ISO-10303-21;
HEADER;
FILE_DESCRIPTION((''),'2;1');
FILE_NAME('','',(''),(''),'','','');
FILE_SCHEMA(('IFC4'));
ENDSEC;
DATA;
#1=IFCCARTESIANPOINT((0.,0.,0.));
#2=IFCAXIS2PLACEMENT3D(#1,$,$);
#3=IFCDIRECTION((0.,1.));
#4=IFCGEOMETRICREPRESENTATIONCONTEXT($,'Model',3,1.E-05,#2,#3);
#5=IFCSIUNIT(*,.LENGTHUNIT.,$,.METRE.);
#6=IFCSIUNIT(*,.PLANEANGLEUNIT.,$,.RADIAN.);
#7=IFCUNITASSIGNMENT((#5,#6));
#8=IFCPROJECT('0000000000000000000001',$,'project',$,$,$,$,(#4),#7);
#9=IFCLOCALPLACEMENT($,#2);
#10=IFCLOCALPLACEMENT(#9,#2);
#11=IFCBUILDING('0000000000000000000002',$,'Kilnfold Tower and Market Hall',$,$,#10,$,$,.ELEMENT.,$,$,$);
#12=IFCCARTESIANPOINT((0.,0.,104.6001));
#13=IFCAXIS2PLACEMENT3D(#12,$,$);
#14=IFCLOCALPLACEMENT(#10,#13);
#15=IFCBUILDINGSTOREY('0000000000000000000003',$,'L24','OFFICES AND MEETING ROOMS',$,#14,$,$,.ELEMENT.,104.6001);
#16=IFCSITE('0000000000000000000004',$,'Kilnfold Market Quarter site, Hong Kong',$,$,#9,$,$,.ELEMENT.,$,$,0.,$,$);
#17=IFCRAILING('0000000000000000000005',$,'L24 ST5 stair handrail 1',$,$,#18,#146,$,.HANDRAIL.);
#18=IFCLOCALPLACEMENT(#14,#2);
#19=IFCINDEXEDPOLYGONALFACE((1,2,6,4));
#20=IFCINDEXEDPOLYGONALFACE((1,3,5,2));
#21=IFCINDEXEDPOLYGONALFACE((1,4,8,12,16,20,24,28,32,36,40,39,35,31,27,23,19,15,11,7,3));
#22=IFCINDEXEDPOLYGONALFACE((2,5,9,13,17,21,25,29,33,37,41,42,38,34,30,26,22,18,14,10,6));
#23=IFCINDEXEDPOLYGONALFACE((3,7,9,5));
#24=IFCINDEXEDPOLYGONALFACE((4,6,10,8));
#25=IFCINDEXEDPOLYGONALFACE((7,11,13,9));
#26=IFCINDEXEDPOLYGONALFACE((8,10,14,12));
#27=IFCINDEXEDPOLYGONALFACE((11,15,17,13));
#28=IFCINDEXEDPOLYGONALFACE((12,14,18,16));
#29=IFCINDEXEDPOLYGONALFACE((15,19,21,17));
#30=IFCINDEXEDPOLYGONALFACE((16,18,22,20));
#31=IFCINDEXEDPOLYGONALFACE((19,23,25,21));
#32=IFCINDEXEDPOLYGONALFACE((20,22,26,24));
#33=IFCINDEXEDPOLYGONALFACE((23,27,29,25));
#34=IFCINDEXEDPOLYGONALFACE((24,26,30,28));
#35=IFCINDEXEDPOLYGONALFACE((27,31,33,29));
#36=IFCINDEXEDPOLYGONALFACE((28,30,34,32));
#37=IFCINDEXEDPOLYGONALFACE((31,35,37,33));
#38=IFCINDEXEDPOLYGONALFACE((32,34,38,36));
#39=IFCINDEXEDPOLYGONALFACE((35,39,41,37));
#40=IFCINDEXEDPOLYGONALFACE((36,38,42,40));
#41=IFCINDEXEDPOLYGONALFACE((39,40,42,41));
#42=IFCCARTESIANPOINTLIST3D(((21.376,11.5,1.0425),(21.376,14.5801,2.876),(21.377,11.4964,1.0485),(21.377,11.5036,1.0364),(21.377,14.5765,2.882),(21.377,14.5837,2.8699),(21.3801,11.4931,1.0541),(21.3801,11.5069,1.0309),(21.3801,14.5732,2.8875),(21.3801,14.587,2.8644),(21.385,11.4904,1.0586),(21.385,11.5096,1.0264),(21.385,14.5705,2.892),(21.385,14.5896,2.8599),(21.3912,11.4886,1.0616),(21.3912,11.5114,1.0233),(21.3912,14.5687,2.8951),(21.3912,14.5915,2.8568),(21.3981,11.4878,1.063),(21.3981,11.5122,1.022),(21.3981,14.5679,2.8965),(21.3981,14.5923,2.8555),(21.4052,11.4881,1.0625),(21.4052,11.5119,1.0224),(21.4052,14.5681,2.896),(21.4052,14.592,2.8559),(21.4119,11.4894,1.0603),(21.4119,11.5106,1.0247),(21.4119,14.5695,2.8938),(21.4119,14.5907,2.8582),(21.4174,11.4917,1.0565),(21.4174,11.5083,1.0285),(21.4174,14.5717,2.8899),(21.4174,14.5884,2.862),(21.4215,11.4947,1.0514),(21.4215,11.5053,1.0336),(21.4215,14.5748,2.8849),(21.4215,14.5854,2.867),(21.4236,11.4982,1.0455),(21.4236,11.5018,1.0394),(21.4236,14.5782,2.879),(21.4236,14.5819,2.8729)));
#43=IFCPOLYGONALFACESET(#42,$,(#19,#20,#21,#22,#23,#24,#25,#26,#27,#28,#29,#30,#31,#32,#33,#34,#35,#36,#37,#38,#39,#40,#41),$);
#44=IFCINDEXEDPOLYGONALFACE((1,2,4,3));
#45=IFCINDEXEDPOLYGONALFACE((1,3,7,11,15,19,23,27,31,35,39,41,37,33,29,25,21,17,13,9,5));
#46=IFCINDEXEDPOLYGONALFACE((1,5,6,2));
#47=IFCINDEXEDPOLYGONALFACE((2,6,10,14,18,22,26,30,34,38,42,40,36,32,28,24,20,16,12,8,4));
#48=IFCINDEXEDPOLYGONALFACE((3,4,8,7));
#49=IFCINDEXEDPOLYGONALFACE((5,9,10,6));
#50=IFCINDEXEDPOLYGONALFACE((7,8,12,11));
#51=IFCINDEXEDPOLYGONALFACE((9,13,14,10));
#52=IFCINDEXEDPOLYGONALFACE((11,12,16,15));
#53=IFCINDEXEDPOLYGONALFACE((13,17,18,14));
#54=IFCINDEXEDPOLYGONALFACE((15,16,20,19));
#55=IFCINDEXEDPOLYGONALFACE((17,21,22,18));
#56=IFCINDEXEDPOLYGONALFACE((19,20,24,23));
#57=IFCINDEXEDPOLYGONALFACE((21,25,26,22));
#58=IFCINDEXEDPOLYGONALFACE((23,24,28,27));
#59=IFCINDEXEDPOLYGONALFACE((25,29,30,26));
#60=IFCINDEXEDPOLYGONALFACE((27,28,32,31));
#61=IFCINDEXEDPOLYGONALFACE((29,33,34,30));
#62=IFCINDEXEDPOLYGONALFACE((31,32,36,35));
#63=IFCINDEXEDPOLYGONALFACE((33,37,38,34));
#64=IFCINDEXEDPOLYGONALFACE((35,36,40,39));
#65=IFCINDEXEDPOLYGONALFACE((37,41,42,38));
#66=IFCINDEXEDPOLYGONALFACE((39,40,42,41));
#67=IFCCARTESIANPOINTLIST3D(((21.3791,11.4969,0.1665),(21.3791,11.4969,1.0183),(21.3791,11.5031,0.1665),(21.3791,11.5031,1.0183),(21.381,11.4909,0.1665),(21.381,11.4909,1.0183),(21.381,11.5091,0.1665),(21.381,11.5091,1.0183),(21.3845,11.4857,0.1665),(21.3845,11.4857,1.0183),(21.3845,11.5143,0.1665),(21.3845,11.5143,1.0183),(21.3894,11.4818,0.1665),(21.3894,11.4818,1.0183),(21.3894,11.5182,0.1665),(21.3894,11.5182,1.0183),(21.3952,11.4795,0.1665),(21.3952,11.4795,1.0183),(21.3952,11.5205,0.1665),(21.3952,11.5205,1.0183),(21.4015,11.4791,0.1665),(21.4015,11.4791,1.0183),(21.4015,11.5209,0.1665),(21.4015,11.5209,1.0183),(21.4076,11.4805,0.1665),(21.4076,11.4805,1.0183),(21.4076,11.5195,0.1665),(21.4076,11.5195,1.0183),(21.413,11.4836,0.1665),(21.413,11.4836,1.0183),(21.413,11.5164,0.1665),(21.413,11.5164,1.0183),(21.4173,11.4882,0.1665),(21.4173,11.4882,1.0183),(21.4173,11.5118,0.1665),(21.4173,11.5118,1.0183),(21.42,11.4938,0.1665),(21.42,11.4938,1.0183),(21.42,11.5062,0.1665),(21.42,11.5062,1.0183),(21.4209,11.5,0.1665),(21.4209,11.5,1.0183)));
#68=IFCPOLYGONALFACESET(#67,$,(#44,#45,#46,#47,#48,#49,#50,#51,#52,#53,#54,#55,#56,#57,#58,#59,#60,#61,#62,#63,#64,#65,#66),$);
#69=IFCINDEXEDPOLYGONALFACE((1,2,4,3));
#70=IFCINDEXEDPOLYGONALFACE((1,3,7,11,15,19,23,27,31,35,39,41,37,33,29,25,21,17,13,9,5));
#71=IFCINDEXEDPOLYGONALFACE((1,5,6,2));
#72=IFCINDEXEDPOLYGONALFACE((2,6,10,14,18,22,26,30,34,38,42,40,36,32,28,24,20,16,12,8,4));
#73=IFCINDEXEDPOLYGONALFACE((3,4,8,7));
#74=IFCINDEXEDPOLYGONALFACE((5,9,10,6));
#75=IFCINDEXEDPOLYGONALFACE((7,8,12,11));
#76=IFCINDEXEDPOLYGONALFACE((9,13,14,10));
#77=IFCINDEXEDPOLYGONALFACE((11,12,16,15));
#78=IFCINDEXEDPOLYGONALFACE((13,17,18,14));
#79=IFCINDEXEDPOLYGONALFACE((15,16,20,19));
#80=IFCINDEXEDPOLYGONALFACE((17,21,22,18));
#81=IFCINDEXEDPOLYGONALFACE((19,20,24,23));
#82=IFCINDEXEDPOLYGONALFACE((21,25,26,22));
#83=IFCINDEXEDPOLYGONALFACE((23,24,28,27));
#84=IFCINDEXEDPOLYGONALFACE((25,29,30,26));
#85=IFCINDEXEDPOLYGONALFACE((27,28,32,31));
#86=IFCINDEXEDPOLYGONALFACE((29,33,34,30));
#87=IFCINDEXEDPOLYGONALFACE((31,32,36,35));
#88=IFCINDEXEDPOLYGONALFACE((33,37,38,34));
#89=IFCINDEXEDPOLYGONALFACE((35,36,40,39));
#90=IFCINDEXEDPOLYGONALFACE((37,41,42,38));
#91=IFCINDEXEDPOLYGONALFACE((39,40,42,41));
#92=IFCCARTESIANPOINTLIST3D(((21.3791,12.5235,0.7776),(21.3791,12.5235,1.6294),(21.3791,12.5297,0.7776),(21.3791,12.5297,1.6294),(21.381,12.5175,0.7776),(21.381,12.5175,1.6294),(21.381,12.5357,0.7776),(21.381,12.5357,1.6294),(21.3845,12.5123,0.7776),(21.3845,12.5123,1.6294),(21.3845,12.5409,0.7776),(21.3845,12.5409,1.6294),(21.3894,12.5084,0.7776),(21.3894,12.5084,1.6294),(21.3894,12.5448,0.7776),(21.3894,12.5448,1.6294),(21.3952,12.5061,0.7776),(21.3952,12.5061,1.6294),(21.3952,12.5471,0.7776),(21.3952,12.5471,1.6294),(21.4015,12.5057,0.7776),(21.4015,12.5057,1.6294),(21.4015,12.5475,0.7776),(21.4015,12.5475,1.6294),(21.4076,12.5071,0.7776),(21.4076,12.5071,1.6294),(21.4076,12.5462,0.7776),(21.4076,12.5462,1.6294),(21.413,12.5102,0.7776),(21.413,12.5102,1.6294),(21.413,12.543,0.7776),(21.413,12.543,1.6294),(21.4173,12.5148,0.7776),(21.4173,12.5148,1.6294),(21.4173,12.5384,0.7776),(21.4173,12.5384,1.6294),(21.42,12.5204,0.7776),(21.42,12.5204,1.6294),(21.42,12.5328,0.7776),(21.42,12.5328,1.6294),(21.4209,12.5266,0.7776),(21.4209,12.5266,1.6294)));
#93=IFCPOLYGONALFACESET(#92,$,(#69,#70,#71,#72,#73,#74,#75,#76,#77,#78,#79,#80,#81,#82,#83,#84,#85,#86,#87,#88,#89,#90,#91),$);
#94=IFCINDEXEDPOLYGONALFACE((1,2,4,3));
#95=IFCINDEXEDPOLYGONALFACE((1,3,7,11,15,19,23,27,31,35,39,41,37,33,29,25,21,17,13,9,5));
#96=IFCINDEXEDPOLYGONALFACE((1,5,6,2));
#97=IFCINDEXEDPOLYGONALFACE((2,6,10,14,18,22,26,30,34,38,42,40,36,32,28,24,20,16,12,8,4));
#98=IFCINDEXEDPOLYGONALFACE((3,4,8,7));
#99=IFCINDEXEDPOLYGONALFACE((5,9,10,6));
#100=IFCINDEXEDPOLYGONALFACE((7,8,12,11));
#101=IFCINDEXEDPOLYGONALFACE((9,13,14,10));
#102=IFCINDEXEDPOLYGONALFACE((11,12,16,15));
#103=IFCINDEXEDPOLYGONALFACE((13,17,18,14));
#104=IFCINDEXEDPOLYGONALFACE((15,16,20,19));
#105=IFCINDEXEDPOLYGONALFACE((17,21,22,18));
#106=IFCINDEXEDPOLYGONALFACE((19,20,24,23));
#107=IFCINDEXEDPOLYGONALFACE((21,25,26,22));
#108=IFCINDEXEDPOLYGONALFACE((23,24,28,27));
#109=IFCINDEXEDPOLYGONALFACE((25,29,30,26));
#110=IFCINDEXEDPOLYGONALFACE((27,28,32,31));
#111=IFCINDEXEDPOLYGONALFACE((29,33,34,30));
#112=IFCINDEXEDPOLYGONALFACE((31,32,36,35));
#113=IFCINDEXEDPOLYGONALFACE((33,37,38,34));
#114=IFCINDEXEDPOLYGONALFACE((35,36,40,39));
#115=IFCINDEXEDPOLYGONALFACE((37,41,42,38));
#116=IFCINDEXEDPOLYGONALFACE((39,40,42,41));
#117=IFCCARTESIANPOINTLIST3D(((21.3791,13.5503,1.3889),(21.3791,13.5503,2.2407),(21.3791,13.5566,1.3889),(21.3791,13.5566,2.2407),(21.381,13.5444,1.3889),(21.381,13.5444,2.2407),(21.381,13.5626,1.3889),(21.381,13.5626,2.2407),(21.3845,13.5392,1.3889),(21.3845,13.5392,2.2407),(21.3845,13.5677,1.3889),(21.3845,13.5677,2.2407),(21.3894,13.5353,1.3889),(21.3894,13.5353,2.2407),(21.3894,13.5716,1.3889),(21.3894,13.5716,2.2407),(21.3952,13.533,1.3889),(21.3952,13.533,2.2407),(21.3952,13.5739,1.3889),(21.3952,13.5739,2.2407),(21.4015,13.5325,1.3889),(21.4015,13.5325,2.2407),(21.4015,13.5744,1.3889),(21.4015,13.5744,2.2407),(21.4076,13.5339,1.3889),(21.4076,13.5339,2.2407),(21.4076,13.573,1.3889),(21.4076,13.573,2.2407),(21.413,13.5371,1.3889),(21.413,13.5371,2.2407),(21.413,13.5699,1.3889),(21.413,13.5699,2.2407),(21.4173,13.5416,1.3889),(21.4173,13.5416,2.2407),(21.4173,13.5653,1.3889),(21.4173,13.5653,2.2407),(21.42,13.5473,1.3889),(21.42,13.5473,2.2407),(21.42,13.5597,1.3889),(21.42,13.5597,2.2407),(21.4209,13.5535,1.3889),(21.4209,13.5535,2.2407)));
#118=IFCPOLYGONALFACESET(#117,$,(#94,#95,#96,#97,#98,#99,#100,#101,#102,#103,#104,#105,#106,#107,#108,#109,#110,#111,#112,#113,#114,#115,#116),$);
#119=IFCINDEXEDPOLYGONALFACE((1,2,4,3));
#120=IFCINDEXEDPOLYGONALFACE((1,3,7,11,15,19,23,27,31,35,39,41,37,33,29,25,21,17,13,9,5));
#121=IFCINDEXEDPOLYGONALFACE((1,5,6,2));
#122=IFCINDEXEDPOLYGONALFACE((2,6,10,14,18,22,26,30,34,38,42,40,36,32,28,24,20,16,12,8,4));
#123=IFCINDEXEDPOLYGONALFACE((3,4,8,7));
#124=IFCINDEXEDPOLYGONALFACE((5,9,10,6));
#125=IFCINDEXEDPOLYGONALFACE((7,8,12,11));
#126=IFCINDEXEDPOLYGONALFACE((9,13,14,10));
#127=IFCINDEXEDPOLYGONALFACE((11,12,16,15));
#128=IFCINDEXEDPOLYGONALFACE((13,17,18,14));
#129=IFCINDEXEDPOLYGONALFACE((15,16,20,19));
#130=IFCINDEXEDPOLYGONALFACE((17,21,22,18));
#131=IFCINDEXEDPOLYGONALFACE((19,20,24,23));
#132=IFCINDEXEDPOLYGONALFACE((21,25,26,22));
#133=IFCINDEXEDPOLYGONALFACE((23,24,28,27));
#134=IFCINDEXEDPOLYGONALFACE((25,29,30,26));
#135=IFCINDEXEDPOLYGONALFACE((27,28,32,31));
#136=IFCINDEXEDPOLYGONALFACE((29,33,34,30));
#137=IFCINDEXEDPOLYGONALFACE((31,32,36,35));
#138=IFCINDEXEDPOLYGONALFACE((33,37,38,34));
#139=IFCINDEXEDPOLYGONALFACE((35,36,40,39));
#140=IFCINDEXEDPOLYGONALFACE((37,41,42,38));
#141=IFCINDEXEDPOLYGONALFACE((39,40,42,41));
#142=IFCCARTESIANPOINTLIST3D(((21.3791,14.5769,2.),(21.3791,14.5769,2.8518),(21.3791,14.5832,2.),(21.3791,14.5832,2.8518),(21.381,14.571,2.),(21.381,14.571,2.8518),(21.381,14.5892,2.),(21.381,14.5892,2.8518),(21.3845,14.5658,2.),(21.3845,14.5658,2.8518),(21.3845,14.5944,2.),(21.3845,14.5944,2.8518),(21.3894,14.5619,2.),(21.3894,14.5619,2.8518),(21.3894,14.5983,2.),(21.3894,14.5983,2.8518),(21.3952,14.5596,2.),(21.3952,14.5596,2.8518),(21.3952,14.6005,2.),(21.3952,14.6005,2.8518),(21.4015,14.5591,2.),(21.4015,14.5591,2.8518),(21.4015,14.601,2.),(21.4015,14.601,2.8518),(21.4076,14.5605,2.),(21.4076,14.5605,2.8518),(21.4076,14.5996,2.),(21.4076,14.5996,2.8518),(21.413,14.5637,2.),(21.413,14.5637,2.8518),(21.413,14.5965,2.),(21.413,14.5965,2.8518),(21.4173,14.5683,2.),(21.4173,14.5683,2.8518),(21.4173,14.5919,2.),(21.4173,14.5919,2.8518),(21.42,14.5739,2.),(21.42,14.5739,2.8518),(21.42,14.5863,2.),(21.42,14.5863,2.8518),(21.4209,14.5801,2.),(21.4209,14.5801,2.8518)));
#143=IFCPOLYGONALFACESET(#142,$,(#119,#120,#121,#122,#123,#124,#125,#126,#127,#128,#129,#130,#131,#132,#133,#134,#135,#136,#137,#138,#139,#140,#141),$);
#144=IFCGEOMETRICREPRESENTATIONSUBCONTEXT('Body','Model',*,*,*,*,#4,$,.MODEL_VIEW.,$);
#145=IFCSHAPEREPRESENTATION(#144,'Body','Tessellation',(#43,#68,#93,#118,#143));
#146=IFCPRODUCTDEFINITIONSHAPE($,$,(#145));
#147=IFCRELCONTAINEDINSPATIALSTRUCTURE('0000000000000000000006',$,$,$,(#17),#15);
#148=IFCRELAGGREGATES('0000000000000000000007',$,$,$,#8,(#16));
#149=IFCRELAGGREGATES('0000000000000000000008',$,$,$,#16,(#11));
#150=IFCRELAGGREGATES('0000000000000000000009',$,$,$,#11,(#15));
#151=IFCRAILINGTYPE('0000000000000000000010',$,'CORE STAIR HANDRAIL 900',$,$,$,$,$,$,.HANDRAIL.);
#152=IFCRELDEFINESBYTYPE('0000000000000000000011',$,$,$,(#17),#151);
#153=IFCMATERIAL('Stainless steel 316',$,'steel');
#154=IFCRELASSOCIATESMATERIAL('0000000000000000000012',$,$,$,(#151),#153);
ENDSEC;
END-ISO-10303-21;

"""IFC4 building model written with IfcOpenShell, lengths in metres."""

from ifc_helpers import new_model, si_unit, direction, frame, origin, origin_2d, place, context, subcontext, project, spatial, circle, extrude, material, type_object, element, save


model = new_model("IFC4")

# Units and contexts
model_context = context("Model", 3, precision=1e-05, world=origin(), true_north=direction((0.0, 1.0)))
body_context = subcontext(model_context, "Body", "Model", "MODEL_VIEW")
ifc_project = project(units=[si_unit("LENGTHUNIT", "METRE"), si_unit("PLANEANGLEUNIT", "RADIAN")], contexts=[model_context])

# Site, building, storey
site_placement = place(None, origin())
site = spatial("IfcSite", under=ifc_project, at=site_placement, Name="Kilnfold Market Quarter site, Hong Kong", CompositionType="ELEMENT", RefElevation=0.0)
building_placement = place(site_placement, origin())
building = spatial("IfcBuilding", under=site, at=building_placement, Name="Kilnfold Tower and Market Hall", CompositionType="ELEMENT")
storey_placement = place(building_placement, frame((0.0, 0.0, 104.6001)))
storey = spatial("IfcBuildingStorey", under=building, at=storey_placement, Name="L24", Description="OFFICES AND MEETING ROOMS", CompositionType="ELEMENT", Elevation=104.6001)

# Railing
ifc_material_1 = material(Name="Stainless steel 316", Category="steel")
railing_type_1 = type_object("IfcRailingType", Name="CORE STAIR HANDRAIL 900", PredefinedType="HANDRAIL", material=ifc_material_1)
railing_1_placement = place(storey_placement, frame((21.3999, 11.5, 0.1665)))
element("IfcRailing", 1, at=railing_1_placement, inside=storey, type_object=railing_type_1, Name="L24 ST5 stair handrail 1", PredefinedType="HANDRAIL", context=body_context, shape_type="SweptSolid", body=[
    extrude(circle(Radius=0.0239, at=origin_2d()), frame((0.0, 0.0, 0.876), z_axis=(0.0, 0.859279, 0.511508), x_axis=(-1.0, 0.0, 0.0)), (0.0, 0.0, 1.0), 3.5845),
    extrude(circle(Radius=0.021, at=origin_2d()), origin(), (0.0, 0.0, 1.0), 0.8518),
    extrude(circle(Radius=0.021, at=origin_2d()), frame((0.0, 1.0266, 0.6111)), (0.0, 0.0, 1.0), 0.8518),
    extrude(circle(Radius=0.021, at=origin_2d()), frame((0.0, 2.0535, 1.2224)), (0.0, 0.0, 1.0), 0.8518),
    extrude(circle(Radius=0.021, at=origin_2d()), frame((0.0, 3.0801, 1.8335)), (0.0, 0.0, 1.0), 0.8518),
])

save(model, "model.ifc")
